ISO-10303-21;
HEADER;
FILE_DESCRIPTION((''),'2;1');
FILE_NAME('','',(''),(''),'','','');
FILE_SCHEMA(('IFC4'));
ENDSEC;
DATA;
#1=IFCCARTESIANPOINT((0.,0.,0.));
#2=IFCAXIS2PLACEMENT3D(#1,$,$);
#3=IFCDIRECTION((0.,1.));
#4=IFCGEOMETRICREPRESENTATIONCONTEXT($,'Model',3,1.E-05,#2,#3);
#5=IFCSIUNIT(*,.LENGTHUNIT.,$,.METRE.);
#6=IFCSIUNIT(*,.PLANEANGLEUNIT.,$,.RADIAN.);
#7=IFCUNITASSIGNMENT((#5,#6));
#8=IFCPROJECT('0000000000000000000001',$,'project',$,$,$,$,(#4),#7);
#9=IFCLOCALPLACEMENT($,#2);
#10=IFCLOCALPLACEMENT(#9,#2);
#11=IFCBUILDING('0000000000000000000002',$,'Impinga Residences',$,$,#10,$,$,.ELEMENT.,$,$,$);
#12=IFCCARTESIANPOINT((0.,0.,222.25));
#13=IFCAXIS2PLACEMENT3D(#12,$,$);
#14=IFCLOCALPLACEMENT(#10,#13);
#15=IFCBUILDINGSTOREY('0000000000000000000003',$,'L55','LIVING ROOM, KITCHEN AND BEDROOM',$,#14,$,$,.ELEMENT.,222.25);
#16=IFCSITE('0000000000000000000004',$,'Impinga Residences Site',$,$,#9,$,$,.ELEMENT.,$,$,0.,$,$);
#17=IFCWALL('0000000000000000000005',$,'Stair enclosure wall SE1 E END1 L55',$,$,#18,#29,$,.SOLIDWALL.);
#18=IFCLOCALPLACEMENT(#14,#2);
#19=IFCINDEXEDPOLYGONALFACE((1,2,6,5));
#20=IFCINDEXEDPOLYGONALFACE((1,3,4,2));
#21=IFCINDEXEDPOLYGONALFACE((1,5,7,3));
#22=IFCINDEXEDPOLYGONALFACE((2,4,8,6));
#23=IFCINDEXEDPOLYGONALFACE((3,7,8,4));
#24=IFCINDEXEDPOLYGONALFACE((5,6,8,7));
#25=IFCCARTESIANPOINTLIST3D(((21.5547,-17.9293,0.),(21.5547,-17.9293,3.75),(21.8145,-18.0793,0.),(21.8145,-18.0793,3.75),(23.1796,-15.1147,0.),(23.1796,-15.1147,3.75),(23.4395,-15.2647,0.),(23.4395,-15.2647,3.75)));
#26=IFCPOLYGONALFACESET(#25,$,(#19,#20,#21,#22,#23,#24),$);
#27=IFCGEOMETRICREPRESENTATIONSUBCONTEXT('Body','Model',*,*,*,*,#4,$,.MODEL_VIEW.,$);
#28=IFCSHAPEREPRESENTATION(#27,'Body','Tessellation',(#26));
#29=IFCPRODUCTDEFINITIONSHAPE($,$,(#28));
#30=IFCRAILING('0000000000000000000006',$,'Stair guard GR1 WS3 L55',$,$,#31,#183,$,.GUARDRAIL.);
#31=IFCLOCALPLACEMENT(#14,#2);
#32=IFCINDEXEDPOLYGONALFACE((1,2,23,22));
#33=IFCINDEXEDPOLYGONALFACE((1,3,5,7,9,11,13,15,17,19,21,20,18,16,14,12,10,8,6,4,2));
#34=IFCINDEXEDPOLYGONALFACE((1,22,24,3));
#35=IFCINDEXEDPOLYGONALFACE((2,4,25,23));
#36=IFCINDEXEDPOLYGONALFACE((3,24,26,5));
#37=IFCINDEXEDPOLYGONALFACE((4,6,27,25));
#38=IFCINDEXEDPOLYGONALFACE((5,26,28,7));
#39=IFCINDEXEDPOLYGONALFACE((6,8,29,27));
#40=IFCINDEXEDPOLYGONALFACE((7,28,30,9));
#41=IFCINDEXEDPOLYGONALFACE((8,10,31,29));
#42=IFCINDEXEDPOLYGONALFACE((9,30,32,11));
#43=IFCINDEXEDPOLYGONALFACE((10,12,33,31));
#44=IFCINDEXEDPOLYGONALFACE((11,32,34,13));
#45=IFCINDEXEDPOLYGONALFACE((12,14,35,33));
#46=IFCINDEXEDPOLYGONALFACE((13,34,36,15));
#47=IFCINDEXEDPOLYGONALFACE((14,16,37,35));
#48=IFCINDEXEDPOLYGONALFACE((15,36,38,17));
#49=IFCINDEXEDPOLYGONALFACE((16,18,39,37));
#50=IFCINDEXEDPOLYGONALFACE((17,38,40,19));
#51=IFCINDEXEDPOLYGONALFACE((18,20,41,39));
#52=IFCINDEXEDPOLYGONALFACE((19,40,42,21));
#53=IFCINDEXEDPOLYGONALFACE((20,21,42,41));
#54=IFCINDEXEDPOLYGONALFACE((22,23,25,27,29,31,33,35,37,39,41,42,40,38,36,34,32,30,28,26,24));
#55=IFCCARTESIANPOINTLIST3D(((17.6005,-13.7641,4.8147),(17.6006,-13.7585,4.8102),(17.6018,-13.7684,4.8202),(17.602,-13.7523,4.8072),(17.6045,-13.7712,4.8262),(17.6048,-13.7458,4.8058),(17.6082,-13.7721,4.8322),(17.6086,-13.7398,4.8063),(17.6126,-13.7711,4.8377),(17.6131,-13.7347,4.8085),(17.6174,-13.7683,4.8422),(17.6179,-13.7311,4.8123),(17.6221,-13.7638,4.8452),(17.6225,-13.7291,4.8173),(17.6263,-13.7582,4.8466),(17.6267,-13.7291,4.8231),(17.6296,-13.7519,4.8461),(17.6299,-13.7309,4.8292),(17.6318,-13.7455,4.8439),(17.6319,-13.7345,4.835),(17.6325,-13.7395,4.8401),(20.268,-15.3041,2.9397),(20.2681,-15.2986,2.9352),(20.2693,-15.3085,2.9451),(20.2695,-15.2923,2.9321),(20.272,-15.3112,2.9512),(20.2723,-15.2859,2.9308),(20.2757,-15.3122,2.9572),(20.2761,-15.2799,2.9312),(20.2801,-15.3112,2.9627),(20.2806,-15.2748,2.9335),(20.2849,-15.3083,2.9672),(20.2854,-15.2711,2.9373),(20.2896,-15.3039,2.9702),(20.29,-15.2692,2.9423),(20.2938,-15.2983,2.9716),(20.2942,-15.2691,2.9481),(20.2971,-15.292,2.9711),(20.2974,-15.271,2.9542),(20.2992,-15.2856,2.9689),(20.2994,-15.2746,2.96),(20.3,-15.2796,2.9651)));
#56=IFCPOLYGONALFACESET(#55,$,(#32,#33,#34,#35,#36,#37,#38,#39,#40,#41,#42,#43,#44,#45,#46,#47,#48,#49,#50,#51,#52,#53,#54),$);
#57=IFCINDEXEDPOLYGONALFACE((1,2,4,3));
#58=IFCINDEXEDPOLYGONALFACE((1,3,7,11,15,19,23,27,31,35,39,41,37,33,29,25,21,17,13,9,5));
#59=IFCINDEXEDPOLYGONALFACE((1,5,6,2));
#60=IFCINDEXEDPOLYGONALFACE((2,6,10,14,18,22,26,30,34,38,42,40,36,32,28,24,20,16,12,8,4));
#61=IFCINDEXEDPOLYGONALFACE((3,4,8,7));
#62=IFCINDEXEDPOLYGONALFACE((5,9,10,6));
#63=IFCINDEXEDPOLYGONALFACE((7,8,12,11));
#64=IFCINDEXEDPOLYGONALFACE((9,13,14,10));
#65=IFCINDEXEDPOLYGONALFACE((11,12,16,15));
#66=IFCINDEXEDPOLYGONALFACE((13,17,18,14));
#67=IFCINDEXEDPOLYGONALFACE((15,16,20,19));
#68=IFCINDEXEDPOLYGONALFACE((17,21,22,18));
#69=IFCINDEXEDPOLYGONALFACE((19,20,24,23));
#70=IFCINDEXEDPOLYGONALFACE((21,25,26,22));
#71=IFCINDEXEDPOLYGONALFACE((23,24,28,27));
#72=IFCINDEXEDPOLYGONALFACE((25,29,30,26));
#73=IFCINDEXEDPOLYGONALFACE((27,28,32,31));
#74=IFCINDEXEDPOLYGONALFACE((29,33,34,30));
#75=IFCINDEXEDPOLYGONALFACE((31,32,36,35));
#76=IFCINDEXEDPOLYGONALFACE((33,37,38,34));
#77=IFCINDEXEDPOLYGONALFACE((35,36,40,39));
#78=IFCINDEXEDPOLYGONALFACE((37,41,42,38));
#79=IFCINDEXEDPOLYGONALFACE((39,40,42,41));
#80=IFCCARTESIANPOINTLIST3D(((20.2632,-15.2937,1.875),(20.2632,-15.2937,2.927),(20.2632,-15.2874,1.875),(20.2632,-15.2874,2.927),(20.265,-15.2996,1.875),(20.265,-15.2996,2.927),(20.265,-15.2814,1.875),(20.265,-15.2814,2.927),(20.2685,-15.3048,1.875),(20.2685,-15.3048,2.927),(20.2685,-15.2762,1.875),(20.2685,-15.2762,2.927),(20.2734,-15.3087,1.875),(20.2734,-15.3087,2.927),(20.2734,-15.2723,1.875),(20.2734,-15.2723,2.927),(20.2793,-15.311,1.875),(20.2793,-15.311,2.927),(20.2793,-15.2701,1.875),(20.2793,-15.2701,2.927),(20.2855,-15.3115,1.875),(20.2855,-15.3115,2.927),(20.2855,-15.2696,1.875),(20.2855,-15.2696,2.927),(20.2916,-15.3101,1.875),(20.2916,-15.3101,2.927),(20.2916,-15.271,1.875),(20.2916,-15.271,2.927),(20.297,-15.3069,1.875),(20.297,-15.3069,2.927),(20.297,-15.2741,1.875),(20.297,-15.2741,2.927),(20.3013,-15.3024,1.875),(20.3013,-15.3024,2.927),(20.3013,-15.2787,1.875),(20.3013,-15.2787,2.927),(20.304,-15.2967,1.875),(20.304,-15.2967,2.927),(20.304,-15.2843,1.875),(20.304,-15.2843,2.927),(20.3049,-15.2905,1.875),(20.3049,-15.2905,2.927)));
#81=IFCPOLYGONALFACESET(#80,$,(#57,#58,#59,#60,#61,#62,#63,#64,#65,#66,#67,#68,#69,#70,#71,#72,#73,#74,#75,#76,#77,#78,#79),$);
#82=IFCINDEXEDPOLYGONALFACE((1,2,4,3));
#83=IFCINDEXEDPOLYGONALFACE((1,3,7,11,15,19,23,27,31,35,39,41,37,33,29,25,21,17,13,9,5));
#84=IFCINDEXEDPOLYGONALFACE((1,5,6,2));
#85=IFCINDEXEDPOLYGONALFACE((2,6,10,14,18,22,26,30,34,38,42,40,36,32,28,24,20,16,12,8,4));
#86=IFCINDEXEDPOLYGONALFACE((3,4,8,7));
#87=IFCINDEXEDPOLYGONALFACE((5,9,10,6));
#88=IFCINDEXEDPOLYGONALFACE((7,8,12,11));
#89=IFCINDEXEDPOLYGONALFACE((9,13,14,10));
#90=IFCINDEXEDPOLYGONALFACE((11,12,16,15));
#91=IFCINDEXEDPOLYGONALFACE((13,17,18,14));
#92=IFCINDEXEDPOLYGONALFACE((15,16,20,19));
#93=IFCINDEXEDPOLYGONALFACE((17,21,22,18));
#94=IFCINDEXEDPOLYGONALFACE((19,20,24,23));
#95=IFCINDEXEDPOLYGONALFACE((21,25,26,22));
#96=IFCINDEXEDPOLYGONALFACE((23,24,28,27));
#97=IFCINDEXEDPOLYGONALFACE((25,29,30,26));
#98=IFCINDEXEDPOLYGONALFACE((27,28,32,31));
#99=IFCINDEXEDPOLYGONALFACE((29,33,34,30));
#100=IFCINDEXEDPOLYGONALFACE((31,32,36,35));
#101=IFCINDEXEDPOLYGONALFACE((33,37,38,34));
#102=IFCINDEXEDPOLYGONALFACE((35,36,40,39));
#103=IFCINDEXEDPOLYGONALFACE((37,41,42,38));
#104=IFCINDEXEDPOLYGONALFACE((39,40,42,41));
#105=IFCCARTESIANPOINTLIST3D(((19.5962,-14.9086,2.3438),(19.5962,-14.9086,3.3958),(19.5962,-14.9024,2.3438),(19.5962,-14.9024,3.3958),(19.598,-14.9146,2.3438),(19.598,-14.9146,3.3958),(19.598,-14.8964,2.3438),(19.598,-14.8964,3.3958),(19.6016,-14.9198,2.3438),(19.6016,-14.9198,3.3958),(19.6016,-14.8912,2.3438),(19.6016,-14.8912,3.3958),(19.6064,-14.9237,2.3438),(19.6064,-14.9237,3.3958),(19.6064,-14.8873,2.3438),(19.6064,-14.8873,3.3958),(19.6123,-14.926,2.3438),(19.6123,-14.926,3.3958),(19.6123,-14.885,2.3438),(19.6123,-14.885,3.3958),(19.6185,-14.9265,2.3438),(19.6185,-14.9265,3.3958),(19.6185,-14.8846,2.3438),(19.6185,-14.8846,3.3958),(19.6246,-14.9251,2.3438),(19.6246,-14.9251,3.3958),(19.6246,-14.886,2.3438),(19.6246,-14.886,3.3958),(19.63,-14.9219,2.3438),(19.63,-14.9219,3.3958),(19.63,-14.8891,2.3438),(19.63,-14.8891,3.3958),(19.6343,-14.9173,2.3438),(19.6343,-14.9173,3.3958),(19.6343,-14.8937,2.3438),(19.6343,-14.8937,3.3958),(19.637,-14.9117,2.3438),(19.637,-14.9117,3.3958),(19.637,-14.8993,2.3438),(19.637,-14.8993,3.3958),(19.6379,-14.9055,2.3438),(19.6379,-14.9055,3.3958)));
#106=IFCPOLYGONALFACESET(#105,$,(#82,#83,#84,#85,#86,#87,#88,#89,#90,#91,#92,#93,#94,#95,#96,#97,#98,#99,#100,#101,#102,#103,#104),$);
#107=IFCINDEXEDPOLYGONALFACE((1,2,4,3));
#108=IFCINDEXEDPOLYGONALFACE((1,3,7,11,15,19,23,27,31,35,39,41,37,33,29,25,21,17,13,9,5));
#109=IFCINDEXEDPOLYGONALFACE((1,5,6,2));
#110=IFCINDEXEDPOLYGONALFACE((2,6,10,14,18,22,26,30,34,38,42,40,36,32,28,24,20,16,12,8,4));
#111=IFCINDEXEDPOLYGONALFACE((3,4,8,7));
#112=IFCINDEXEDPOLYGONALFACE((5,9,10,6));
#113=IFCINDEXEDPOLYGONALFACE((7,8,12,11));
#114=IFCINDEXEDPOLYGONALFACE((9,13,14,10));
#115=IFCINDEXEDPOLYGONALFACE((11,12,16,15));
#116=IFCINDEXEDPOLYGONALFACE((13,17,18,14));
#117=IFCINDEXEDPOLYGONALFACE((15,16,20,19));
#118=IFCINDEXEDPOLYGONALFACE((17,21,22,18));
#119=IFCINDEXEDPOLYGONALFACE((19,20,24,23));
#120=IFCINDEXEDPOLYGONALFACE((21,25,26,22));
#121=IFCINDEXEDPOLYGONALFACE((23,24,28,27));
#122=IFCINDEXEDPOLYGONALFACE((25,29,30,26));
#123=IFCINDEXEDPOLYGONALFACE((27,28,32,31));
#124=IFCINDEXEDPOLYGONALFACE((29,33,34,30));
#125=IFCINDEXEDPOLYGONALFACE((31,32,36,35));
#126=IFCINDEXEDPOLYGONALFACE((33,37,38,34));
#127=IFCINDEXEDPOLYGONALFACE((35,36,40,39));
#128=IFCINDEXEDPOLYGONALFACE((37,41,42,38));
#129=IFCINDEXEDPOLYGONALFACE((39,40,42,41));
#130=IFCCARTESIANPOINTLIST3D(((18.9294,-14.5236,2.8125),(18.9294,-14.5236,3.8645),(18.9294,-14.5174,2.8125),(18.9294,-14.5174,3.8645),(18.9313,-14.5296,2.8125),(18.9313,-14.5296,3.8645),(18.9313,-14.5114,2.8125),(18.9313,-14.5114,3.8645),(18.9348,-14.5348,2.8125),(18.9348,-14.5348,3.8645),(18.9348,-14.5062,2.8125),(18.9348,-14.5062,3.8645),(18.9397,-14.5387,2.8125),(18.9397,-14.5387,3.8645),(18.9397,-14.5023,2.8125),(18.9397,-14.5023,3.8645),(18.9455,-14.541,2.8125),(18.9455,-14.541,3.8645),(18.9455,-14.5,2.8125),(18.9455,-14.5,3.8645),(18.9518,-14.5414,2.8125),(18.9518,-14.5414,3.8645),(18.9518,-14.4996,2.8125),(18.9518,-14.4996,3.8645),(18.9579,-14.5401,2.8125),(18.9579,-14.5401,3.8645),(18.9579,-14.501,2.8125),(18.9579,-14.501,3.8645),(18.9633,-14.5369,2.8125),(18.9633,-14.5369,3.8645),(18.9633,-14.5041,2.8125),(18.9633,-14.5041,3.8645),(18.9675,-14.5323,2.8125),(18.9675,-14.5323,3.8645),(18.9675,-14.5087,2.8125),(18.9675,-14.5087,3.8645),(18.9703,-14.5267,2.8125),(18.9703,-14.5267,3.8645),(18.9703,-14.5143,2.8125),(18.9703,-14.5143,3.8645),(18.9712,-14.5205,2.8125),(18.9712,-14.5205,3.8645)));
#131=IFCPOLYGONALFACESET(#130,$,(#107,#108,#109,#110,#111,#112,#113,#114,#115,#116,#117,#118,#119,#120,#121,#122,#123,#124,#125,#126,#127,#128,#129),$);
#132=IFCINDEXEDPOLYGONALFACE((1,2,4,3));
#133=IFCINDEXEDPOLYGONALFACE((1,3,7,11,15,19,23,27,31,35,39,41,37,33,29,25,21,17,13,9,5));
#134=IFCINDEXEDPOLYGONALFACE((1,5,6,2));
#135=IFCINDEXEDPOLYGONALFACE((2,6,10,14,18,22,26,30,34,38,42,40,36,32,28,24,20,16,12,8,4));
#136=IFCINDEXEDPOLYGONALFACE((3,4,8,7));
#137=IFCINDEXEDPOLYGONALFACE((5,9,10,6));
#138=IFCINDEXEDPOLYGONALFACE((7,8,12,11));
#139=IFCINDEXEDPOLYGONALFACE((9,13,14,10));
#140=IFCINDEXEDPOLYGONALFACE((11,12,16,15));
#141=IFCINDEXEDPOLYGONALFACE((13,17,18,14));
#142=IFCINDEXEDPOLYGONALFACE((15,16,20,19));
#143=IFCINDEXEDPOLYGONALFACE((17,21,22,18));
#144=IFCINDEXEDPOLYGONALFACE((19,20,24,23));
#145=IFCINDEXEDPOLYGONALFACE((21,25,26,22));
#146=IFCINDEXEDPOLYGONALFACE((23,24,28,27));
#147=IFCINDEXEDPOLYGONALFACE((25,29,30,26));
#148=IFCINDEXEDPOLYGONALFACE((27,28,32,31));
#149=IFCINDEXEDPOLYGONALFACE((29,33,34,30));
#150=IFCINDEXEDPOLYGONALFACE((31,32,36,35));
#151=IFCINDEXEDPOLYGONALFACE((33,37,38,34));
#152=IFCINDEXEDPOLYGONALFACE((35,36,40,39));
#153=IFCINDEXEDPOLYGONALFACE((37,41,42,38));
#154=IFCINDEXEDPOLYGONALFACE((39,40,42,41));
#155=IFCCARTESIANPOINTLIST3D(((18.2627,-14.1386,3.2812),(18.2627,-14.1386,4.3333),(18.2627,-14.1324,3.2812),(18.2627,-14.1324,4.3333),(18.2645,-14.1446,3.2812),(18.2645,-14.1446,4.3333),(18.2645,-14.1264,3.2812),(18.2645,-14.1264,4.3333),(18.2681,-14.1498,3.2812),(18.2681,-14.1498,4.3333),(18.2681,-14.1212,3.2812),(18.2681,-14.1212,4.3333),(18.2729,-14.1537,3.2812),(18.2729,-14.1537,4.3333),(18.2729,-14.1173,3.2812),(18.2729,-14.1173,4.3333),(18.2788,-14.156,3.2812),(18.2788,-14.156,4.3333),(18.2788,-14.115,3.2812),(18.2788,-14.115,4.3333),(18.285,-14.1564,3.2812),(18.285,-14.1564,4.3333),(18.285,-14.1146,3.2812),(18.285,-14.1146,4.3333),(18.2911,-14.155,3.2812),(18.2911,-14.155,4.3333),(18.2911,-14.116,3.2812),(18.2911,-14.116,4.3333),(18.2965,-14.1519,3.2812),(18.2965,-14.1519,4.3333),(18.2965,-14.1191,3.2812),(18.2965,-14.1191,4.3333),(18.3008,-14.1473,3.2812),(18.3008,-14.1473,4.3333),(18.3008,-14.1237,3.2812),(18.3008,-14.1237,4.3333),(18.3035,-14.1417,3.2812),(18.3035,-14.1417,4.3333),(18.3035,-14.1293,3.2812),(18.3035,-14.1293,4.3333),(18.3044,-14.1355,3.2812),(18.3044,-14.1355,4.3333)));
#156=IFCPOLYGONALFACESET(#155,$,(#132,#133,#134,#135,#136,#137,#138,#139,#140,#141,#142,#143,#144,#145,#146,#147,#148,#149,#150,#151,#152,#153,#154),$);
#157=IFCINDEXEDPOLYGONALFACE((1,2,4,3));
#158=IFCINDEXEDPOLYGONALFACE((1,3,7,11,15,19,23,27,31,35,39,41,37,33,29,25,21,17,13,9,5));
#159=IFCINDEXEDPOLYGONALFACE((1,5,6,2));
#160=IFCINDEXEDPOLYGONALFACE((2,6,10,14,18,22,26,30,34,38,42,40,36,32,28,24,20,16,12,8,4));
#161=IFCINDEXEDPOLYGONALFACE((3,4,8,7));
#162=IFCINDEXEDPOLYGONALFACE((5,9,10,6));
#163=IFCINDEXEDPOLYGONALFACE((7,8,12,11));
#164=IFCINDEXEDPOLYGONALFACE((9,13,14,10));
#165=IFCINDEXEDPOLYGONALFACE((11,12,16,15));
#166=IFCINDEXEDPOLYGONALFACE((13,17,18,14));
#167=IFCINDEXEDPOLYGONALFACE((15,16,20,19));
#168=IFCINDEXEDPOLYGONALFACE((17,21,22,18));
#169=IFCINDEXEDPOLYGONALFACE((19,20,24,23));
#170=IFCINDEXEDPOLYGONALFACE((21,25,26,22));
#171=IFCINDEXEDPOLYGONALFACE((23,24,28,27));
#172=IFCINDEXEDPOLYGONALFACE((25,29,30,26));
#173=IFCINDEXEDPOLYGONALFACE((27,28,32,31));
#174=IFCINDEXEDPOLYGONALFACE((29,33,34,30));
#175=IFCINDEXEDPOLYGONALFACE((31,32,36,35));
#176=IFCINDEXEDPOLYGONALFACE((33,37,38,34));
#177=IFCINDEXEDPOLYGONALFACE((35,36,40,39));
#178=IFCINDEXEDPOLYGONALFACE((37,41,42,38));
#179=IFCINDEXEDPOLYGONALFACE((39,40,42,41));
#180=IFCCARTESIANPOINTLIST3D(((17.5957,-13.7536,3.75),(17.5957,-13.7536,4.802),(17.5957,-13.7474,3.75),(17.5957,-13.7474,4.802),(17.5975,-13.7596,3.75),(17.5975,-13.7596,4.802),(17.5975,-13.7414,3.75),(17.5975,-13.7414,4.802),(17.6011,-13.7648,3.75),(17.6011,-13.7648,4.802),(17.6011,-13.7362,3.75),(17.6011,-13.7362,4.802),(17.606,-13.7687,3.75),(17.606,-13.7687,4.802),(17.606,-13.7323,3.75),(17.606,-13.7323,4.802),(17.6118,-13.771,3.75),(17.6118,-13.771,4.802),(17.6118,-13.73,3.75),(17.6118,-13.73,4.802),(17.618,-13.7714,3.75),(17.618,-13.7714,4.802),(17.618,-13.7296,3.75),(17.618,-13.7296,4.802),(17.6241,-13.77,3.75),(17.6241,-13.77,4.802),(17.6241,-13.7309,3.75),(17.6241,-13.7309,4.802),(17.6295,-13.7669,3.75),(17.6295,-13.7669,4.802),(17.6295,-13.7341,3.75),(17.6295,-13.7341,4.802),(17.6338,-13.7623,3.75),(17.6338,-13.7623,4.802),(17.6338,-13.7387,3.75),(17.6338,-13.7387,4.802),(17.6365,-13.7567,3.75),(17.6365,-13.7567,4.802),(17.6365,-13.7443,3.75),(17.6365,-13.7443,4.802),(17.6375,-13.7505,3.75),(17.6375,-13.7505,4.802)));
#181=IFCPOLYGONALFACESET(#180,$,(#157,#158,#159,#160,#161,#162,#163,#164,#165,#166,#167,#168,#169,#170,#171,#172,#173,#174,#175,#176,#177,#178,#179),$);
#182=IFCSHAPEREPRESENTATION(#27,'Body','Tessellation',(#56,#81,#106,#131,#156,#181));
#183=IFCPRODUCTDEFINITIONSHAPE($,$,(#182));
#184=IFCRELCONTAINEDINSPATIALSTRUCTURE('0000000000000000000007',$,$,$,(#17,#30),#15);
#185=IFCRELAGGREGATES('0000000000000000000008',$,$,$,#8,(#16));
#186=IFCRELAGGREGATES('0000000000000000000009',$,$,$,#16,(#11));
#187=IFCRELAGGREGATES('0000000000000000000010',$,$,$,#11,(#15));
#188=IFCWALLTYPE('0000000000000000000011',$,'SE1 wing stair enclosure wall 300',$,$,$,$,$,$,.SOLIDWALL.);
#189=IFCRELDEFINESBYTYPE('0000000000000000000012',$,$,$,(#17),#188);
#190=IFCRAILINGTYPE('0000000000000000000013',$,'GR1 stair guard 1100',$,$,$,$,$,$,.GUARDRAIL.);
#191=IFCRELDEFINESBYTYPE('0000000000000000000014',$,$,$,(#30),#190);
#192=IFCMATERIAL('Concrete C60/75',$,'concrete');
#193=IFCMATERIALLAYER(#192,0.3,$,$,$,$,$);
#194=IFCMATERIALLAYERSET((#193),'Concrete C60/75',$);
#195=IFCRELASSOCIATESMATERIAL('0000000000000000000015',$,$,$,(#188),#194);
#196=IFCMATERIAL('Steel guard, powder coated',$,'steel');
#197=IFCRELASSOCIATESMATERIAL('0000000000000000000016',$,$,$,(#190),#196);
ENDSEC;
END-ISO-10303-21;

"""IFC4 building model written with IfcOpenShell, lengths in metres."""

from ifc_helpers import new_model, si_unit, direction, frame, frame_2d, origin, origin_2d, place, context, subcontext, project, spatial, rectangle, circle, extrude, material, layer, layer_set, type_object, element, save


model = new_model("IFC4")

# Units and contexts
model_context = context("Model", 3, precision=1e-05, world=origin(), true_north=direction((0.0, 1.0)))
body_context = subcontext(model_context, "Body", "Model", "MODEL_VIEW")
ifc_project = project(units=[si_unit("LENGTHUNIT", "METRE"), si_unit("PLANEANGLEUNIT", "RADIAN")], contexts=[model_context])

# Site, building, storey
site_placement = place(None, origin())
site = spatial("IfcSite", under=ifc_project, at=site_placement, Name="Impinga Residences Site", CompositionType="ELEMENT", RefElevation=0.0)
building_placement = place(site_placement, origin())
building = spatial("IfcBuilding", under=site, at=building_placement, Name="Impinga Residences", CompositionType="ELEMENT")
storey_placement = place(building_placement, frame((0.0, 0.0, 222.25)))
storey = spatial("IfcBuildingStorey", under=building, at=storey_placement, Name="L55", Description="LIVING ROOM, KITCHEN AND BEDROOM", CompositionType="ELEMENT", Elevation=222.25)

# Shared definitions
ifc_material_1 = material(Name="Concrete C60/75", Category="concrete")

# Wall
ifc_layer_1 = layer(ifc_material_1, 0.3)
ifc_layer_set_1 = layer_set([ifc_layer_1], Name="Concrete C60/75")
wall_type_1 = type_object("IfcWallType", Name="SE1 wing stair enclosure wall 300", PredefinedType="SOLIDWALL", material=ifc_layer_set_1)
wall_1_placement = place(storey_placement, frame((23.3096, -15.1897, 0.0), z_axis=(0.0, 0.0, 1.0), x_axis=(-0.499985, -0.866034, 0.0)))
element("IfcWall", 1, at=wall_1_placement, inside=storey, type_object=wall_type_1, Name="Stair enclosure wall SE1 E END1 L55", PredefinedType="SOLIDWALL", context=body_context, shape_type="SweptSolid", body=[
    extrude(rectangle(XDim=3.25, YDim=0.3, at=frame_2d((1.625, 0.0))), origin(), (0.0, 0.0, 1.0), 3.75),
])

# Railing
ifc_material_2 = material(Name="Steel guard, powder coated", Category="steel")
railing_type = type_object("IfcRailingType", Name="GR1 stair guard 1100", PredefinedType="GUARDRAIL", material=ifc_material_2)
railing_placement = place(storey_placement, frame((20.2839, -15.2905, 1.875)))
element("IfcRailing", 2, at=railing_placement, inside=storey, type_object=railing_type, Name="Stair guard GR1 WS3 L55", PredefinedType="GUARDRAIL", context=body_context, shape_type="SweptSolid", body=[
    extrude(circle(Radius=0.0239, at=origin_2d()), frame((0.0, 0.0, 1.0762), z_axis=(-0.739746, 0.427084, 0.519975), x_axis=(-0.499992, -0.86603, 0.0)), (0.0, 0.0, 1.0), 3.606),
    extrude(circle(Radius=0.021, at=origin_2d()), origin(), (0.0, 0.0, 1.0), 1.052),
    extrude(circle(Radius=0.021, at=origin_2d()), frame((-0.667, 0.385, 0.4688)), (0.0, 0.0, 1.0), 1.052),
    extrude(circle(Radius=0.021, at=origin_2d()), frame((-1.3337, 0.77, 0.9375)), (0.0, 0.0, 1.0), 1.052),
    extrude(circle(Radius=0.021, at=origin_2d()), frame((-2.0005, 1.155, 1.4062)), (0.0, 0.0, 1.0), 1.052),
    extrude(circle(Radius=0.021, at=origin_2d()), frame((-2.6675, 1.54, 1.875)), (0.0, 0.0, 1.0), 1.052),
])

save(model, "model.ifc")
